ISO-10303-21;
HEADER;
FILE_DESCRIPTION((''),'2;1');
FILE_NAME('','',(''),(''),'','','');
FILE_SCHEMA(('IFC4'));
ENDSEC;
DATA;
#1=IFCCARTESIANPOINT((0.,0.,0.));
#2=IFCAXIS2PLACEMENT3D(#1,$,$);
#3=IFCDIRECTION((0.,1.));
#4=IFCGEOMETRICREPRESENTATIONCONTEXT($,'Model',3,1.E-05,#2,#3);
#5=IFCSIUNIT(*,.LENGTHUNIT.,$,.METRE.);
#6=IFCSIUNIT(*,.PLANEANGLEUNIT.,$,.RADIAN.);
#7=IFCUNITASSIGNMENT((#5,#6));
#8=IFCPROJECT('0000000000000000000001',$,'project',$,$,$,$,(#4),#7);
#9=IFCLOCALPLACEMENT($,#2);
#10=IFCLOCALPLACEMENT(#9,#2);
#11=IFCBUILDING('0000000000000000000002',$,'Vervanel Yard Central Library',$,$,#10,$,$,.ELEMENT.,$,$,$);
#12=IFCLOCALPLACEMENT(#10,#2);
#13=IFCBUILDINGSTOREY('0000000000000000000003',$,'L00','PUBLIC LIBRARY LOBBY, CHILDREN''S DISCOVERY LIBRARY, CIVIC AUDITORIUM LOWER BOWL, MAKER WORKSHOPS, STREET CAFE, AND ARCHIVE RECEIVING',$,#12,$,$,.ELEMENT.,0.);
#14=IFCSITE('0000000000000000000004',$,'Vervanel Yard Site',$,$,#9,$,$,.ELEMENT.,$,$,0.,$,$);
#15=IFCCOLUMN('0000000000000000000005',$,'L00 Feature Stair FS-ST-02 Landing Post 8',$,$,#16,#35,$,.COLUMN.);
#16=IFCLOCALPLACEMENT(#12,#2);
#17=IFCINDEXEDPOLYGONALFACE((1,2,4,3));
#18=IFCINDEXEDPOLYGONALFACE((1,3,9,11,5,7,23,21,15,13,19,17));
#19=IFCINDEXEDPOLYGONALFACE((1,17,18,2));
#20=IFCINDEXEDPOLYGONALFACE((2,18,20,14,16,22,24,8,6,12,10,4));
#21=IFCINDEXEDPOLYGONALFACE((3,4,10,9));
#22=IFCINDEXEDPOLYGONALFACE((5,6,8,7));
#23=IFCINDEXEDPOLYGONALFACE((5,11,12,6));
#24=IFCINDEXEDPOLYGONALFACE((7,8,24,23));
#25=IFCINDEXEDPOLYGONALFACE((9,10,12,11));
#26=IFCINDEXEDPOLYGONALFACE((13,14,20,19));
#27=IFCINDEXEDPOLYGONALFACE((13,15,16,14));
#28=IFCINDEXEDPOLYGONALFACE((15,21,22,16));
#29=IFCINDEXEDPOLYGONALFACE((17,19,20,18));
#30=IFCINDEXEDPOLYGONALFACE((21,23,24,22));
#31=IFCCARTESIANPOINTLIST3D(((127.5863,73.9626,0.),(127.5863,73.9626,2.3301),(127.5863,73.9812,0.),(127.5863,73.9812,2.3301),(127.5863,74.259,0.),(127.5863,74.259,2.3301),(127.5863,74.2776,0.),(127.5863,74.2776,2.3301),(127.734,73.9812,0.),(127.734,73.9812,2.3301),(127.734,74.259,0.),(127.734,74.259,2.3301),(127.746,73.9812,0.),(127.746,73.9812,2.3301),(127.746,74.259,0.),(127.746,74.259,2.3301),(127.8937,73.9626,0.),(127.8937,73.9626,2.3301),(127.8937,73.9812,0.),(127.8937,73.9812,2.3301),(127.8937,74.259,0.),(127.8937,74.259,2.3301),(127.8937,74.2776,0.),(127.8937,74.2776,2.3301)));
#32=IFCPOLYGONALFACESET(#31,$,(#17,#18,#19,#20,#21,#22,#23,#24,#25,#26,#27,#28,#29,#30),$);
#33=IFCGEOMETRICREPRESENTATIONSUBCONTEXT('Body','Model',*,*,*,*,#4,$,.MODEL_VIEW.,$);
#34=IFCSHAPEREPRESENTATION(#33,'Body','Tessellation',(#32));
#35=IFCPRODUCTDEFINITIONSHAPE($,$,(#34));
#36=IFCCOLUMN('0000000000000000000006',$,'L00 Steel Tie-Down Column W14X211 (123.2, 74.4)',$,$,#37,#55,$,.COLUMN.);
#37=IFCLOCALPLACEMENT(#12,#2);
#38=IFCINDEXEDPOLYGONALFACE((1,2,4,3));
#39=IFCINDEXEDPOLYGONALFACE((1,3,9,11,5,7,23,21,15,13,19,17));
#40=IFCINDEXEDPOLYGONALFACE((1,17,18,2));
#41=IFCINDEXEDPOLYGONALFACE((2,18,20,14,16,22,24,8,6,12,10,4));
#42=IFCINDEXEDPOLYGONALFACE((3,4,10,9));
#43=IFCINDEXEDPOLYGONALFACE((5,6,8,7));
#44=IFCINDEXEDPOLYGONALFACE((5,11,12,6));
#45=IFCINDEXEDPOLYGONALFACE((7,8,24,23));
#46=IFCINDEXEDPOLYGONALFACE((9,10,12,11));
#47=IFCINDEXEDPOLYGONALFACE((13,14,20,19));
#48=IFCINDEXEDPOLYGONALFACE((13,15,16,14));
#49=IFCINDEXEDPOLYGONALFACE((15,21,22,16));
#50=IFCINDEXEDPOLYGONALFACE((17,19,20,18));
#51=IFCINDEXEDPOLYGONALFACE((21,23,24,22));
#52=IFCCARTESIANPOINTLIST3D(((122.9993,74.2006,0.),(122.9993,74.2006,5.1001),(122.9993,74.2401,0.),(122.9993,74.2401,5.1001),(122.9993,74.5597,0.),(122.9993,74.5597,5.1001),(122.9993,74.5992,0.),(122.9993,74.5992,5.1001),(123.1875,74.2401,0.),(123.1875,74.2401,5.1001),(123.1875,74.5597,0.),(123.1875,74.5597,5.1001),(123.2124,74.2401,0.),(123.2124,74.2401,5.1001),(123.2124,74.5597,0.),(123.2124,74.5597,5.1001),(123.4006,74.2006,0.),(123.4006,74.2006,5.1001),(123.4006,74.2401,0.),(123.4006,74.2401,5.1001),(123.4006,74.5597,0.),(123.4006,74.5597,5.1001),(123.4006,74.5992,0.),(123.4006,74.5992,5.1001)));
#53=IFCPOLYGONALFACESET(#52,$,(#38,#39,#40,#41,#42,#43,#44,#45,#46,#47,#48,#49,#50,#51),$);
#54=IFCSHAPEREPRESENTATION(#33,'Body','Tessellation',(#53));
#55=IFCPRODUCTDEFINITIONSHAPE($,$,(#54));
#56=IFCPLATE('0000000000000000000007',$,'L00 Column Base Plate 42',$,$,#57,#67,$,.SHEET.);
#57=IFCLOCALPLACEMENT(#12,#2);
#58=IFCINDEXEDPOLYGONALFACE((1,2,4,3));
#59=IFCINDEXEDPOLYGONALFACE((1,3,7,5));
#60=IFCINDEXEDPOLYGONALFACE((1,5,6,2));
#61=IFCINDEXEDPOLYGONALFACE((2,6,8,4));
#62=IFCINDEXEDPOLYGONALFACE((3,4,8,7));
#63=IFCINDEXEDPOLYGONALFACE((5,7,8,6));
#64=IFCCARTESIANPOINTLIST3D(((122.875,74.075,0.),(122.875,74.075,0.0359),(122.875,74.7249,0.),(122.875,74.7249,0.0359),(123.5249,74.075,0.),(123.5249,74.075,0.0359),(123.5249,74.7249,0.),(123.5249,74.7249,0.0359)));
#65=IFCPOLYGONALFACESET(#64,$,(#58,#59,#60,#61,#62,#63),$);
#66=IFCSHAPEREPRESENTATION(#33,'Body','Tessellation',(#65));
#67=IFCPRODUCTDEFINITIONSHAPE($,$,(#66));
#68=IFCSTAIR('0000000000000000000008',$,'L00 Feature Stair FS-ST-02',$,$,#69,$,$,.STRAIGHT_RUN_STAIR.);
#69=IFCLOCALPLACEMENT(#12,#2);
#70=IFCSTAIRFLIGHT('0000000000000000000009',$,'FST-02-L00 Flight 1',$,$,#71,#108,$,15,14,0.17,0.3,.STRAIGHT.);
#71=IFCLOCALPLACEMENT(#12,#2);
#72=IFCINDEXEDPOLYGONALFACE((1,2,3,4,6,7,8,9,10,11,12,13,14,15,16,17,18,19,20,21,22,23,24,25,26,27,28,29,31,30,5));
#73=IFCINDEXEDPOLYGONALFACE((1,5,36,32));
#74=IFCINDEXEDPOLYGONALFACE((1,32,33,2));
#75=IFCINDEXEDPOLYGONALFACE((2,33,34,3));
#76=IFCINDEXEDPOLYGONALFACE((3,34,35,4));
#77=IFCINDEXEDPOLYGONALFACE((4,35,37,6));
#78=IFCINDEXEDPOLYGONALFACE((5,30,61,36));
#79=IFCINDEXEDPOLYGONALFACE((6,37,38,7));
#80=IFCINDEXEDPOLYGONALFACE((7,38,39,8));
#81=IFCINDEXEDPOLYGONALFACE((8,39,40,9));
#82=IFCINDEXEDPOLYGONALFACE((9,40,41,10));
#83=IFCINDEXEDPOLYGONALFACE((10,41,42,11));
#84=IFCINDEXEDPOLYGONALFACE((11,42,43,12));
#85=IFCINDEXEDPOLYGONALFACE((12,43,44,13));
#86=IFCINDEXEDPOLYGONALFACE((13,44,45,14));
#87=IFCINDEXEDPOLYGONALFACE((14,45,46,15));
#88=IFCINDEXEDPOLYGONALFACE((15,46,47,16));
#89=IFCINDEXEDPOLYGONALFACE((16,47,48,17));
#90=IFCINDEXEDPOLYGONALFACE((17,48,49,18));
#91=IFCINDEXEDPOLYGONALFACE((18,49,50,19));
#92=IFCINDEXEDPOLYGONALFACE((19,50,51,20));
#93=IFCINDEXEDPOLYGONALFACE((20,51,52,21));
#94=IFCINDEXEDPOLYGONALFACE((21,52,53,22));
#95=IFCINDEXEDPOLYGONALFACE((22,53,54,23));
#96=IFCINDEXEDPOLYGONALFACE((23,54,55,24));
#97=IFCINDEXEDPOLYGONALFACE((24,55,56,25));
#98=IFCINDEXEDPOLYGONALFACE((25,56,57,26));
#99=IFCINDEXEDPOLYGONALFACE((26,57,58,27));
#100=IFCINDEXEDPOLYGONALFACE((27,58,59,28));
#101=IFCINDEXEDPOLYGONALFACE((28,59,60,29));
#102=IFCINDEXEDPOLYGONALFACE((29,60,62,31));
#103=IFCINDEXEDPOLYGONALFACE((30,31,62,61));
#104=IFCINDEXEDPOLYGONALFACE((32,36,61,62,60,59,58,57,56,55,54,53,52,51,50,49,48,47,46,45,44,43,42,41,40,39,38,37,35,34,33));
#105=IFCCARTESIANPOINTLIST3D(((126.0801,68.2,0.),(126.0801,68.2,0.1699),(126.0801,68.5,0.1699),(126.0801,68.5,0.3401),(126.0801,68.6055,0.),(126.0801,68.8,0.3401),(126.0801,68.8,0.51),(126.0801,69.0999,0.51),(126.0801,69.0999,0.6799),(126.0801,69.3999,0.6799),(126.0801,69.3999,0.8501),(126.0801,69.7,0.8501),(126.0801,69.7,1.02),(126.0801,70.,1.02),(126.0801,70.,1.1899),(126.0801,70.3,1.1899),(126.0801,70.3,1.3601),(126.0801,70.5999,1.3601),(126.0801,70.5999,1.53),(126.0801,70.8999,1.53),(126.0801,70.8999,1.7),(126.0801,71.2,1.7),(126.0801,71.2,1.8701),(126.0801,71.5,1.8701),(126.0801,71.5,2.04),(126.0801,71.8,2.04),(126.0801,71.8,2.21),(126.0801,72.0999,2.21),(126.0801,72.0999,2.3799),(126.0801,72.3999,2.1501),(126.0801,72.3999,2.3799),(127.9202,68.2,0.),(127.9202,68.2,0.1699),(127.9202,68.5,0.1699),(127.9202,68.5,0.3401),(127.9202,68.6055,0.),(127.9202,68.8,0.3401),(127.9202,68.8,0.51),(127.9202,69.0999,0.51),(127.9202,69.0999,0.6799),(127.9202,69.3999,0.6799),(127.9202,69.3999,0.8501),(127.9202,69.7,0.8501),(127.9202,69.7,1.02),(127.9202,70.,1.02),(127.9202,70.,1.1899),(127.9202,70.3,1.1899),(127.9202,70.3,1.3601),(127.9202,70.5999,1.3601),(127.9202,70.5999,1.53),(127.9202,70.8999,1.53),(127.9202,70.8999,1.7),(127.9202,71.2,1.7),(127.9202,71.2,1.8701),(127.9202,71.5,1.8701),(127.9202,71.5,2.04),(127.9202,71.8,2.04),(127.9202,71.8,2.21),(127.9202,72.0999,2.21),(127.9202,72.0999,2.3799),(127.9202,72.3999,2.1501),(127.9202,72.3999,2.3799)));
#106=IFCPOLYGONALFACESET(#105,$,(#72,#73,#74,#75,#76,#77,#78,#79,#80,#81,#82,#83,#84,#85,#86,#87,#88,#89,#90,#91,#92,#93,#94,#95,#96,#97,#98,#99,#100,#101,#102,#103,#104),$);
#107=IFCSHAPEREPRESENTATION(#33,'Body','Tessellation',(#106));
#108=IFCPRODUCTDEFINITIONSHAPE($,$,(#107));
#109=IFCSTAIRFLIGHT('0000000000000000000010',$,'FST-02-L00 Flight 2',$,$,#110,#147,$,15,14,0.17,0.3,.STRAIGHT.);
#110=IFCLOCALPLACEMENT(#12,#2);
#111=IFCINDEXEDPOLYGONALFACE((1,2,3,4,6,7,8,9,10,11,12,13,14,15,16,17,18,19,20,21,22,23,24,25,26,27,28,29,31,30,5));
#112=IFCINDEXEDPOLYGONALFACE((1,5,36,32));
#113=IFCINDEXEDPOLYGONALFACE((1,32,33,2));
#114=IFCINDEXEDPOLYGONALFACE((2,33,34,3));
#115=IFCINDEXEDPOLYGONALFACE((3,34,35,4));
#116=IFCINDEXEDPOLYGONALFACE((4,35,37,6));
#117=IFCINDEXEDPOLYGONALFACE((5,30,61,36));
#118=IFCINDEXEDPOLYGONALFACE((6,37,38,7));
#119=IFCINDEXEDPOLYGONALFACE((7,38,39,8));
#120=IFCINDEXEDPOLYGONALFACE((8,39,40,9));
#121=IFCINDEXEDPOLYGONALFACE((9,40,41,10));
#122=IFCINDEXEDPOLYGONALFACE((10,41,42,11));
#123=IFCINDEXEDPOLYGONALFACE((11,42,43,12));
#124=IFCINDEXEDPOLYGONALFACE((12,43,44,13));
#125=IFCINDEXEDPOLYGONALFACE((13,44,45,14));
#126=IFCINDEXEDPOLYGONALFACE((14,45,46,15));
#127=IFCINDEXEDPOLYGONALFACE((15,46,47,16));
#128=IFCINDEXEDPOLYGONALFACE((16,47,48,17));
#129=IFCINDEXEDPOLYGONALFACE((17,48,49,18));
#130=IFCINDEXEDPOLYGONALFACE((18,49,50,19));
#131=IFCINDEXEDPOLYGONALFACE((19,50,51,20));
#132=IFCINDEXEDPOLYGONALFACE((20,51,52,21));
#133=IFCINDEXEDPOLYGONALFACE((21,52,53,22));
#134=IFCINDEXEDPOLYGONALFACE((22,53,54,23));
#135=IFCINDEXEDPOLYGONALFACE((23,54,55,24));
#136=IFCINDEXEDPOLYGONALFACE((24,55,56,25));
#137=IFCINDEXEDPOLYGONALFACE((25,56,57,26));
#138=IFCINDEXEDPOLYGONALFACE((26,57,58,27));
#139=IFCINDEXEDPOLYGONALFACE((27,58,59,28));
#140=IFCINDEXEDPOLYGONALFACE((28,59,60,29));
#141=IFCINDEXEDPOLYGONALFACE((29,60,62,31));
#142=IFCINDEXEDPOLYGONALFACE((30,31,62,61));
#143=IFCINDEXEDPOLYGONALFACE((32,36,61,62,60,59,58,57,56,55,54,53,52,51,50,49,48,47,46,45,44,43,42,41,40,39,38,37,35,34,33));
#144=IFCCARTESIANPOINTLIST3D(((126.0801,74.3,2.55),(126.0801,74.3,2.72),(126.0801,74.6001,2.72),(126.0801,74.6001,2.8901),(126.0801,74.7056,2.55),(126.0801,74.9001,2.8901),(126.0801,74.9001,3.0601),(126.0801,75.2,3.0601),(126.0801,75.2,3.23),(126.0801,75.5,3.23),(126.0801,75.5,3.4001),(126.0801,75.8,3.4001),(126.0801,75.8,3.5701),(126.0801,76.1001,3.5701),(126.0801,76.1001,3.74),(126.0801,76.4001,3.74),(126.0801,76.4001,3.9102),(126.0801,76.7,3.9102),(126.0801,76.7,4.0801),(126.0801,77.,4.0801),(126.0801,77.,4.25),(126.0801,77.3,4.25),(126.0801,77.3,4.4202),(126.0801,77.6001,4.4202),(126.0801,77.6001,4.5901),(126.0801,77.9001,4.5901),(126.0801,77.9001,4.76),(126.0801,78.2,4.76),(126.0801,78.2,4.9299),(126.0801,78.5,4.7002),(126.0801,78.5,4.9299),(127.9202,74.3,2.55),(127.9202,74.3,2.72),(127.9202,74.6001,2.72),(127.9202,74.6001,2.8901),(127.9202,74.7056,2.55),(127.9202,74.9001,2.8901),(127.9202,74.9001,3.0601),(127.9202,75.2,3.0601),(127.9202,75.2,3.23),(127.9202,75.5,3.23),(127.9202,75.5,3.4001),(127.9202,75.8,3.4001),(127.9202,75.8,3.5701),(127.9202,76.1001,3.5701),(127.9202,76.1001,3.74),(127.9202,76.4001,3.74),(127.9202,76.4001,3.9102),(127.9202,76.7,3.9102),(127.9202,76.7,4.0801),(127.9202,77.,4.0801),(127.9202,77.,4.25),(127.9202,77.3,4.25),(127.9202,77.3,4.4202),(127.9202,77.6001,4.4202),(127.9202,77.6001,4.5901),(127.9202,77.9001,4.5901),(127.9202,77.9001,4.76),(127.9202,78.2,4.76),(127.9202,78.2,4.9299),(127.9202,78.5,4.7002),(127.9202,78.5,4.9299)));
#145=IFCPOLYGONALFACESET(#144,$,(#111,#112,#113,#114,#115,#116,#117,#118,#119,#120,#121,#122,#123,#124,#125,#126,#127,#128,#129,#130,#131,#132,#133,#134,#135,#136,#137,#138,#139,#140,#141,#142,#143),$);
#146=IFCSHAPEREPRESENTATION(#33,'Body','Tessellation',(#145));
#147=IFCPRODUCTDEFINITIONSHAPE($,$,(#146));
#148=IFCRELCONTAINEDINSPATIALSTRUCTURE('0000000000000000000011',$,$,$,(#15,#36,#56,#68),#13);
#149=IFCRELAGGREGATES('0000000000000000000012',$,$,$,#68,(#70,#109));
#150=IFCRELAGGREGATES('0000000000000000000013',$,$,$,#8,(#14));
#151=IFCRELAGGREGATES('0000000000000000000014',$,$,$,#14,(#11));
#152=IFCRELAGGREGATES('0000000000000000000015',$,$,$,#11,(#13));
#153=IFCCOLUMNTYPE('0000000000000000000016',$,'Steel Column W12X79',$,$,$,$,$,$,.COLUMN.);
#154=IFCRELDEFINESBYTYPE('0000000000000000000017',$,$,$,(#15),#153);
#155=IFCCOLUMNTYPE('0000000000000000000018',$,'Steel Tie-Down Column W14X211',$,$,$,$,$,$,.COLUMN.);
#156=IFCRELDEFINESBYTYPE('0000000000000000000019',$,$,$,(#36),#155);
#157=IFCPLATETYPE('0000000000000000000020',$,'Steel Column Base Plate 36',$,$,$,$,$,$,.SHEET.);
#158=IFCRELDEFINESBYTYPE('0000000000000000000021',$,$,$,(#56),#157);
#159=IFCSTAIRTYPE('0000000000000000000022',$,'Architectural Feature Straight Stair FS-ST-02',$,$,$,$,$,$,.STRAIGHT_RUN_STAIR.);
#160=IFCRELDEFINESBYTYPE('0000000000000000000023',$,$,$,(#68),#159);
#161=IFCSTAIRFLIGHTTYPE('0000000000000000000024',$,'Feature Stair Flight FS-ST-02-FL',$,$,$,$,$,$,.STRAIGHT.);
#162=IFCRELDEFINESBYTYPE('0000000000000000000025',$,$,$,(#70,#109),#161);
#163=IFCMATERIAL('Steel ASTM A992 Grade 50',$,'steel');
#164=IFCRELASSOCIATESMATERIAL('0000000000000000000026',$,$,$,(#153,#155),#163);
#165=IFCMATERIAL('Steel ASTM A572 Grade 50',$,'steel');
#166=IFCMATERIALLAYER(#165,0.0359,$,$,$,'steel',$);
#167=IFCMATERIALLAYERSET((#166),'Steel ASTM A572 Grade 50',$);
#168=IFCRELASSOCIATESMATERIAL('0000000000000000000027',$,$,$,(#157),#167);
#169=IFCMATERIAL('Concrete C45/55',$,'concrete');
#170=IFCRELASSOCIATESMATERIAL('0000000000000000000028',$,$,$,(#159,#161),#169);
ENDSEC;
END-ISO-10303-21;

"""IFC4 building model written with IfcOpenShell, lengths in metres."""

from ifc_helpers import new_model, si_unit, direction, frame, origin, origin_2d, place, context, subcontext, project, spatial, polyline, rectangle, i_section, outline, extrude, material, layer, layer_set, material_profile, profile_set, type_object, element, aggregate, save


model = new_model("IFC4")

# Units and contexts
model_context = context("Model", 3, precision=1e-05, world=origin(), true_north=direction((0.0, 1.0)))
body_context = subcontext(model_context, "Body", "Model", "MODEL_VIEW")
ifc_project = project(units=[si_unit("LENGTHUNIT", "METRE"), si_unit("PLANEANGLEUNIT", "RADIAN")], contexts=[model_context])

# Site, building, storey
site_placement = place(None, origin())
site = spatial("IfcSite", under=ifc_project, at=site_placement, Name="Vervanel Yard Site", CompositionType="ELEMENT", RefElevation=0.0)
building_placement = place(site_placement, origin())
building = spatial("IfcBuilding", under=site, at=building_placement, Name="Vervanel Yard Central Library", CompositionType="ELEMENT")
storey_placement = place(building_placement, origin())
storey = spatial("IfcBuildingStorey", under=building, at=storey_placement, Name="L00", Description="PUBLIC LIBRARY LOBBY, CHILDREN'S DISCOVERY LIBRARY, CIVIC AUDITORIUM LOWER BOWL, MAKER WORKSHOPS, STREET CAFE, AND ARCHIVE RECEIVING", CompositionType="ELEMENT", Elevation=0.0)

# Columns
ifc_material_1 = material(Name="Concrete C45/55", Category="concrete")
ifc_material_2 = material(Name="Steel ASTM A992 Grade 50", Category="steel")
ifc_material_profile_1 = material_profile(ifc_material_2, i_section(OverallWidth=0.3074, OverallDepth=0.3149, WebThickness=0.012, FlangeThickness=0.0186, at=origin_2d()), Name="W12X79", Category="steel")
ifc_profile_set_1 = profile_set([ifc_material_profile_1], Name="Steel ASTM A992 Grade 50")
column_type_1 = type_object("IfcColumnType", Name="Steel Column W12X79", PredefinedType="COLUMN", material=ifc_profile_set_1)
for number, where, z_axis, x_axis, name in (
    (1, (127.74, 74.1201, 0.0), (0.0, 0.0, 1.0), (1.0, 0.0, 0.0), "L00 Feature Stair FS-ST-02 Landing Post 8"),
):
    element("IfcColumn", number, at=place(storey_placement, frame(where, z_axis=z_axis, x_axis=x_axis)), inside=storey, type_object=column_type_1, Name=name, PredefinedType="COLUMN", context=body_context, shape_type="SweptSolid", body=[
        extrude(i_section(OverallWidth=0.3074, OverallDepth=0.3149, WebThickness=0.012, FlangeThickness=0.0186, at=origin_2d()), origin(), (0.0, 0.0, 1.0), 2.3301),
    ])
ifc_material_profile_2 = material_profile(ifc_material_2, i_section(OverallWidth=0.4014, OverallDepth=0.3987, WebThickness=0.0249, FlangeThickness=0.0396, at=origin_2d()), Name="W14X211", Category="steel")
ifc_profile_set_2 = profile_set([ifc_material_profile_2], Name="Steel ASTM A992 Grade 50")
column_type_2 = type_object("IfcColumnType", Name="Steel Tie-Down Column W14X211", PredefinedType="COLUMN", material=ifc_profile_set_2)
column_placement = place(storey_placement, frame((123.2, 74.3999, 0.0), z_axis=(0.0, 0.0, 1.0), x_axis=(1.0, 0.0, 0.0)))
element("IfcColumn", 2, at=column_placement, inside=storey, type_object=column_type_2, Name="L00 Steel Tie-Down Column W14X211 (123.2, 74.4)", PredefinedType="COLUMN", context=body_context, shape_type="SweptSolid", body=[
    extrude(i_section(OverallWidth=0.4014, OverallDepth=0.3987, WebThickness=0.0249, FlangeThickness=0.0396, at=origin_2d()), origin(), (0.0, 0.0, 1.0), 5.1001),
])

# Plate
ifc_material_3 = material(Name="Steel ASTM A572 Grade 50", Category="steel")
ifc_layer = layer(ifc_material_3, 0.0359, Category="steel")
ifc_layer_set = layer_set([ifc_layer], Name="Steel ASTM A572 Grade 50")
plate_type = type_object("IfcPlateType", Name="Steel Column Base Plate 36", PredefinedType="SHEET", material=ifc_layer_set)
plate_placement = place(storey_placement, frame((123.2, 74.3999, 0.0), z_axis=(0.0, 0.0, 1.0), x_axis=(1.0, 0.0, 0.0)))
element("IfcPlate", 3, at=plate_placement, inside=storey, type_object=plate_type, Name="L00 Column Base Plate 42", PredefinedType="SHEET", context=body_context, shape_type="SweptSolid", body=[
    extrude(rectangle(XDim=0.6499, YDim=0.6499, at=origin_2d()), origin(), (0.0, 0.0, 1.0), 0.0359),
])

# Stair, stair flights
stair_type = type_object("IfcStairType", Name="Architectural Feature Straight Stair FS-ST-02", PredefinedType="STRAIGHT_RUN_STAIR", material=ifc_material_1)
stair_placement = place(storey_placement, origin())
stair = element("IfcStair", 4, at=stair_placement, inside=storey, type_object=stair_type, Name="L00 Feature Stair FS-ST-02", PredefinedType="STRAIGHT_RUN_STAIR")
stair_flight_type = type_object("IfcStairFlightType", Name="Feature Stair Flight FS-ST-02-FL", PredefinedType="STRAIGHT", material=ifc_material_1)
stair_flight_1_placement = place(storey_placement, frame((127.0, 68.2, 0.0), z_axis=(0.0, 0.0, 1.0), x_axis=(0.0, 1.0, 0.0)))
stair_flight_1 = element("IfcStairFlight", 5, at=stair_flight_1_placement, type_object=stair_flight_type, Name="FST-02-L00 Flight 1", NumberOfRisers=15, NumberOfTreads=14, PredefinedType="STRAIGHT", RiserHeight=0.17, TreadLength=0.3, context=body_context, shape_type="SweptSolid", body=[
    extrude(outline(polyline([(0.0, 0.0), (0.0, 0.1699), (0.3, 0.1699), (0.3, 0.3401), (0.6001, 0.3401), (0.6001, 0.51), (0.8999, 0.51), (0.8999, 0.6799), (1.2, 0.6799), (1.2, 0.8501), (1.5, 0.8501), (1.5, 1.02), (1.8, 1.02), (1.8, 1.1899), (2.1001, 1.1899), (2.1001, 1.3601), (2.3999, 1.3601), (2.3999, 1.53), (2.7, 1.53), (2.7, 1.7), (3.0, 1.7), (3.0, 1.8701), (3.3, 1.8701), (3.3, 2.04), (3.6001, 2.04), (3.6001, 2.21), (3.8999, 2.21), (3.8999, 2.3799), (4.2, 2.3799), (4.2, 2.55), (4.2, 2.1501), (0.4055, 0.0), (0.0, 0.0)])), frame((0.0, 0.9199, 0.0), z_axis=(0.0, -1.0, 0.0), x_axis=(1.0, 0.0, 0.0)), (0.0, 0.0, 1.0), 1.8401),
])
stair_flight_2_placement = place(storey_placement, frame((127.0, 74.3, 2.55), z_axis=(0.0, 0.0, 1.0), x_axis=(0.0, 1.0, 0.0)))
stair_flight_2 = element("IfcStairFlight", 6, at=stair_flight_2_placement, type_object=stair_flight_type, Name="FST-02-L00 Flight 2", NumberOfRisers=15, NumberOfTreads=14, PredefinedType="STRAIGHT", RiserHeight=0.17, TreadLength=0.3, context=body_context, shape_type="SweptSolid", body=[
    extrude(outline(polyline([(0.0, 0.0), (0.0, 0.1699), (0.3, 0.1699), (0.3, 0.3401), (0.6001, 0.3401), (0.6001, 0.51), (0.8999, 0.51), (0.8999, 0.6799), (1.2, 0.6799), (1.2, 0.8501), (1.5, 0.8501), (1.5, 1.02), (1.8, 1.02), (1.8, 1.1899), (2.1001, 1.1899), (2.1001, 1.3601), (2.3999, 1.3601), (2.3999, 1.53), (2.7, 1.53), (2.7, 1.7), (3.0, 1.7), (3.0, 1.8701), (3.3, 1.8701), (3.3, 2.04), (3.6001, 2.04), (3.6001, 2.21), (3.8999, 2.21), (3.8999, 2.3799), (4.2, 2.3799), (4.2, 2.55), (4.2, 2.1501), (0.4055, 0.0), (0.0, 0.0)])), frame((0.0, 0.9199, 0.0), z_axis=(0.0, -1.0, 0.0), x_axis=(1.0, 0.0, 0.0)), (0.0, 0.0, 1.0), 1.8401),
])
aggregate(stair, [stair_flight_1, stair_flight_2])

save(model, "model.ifc")
